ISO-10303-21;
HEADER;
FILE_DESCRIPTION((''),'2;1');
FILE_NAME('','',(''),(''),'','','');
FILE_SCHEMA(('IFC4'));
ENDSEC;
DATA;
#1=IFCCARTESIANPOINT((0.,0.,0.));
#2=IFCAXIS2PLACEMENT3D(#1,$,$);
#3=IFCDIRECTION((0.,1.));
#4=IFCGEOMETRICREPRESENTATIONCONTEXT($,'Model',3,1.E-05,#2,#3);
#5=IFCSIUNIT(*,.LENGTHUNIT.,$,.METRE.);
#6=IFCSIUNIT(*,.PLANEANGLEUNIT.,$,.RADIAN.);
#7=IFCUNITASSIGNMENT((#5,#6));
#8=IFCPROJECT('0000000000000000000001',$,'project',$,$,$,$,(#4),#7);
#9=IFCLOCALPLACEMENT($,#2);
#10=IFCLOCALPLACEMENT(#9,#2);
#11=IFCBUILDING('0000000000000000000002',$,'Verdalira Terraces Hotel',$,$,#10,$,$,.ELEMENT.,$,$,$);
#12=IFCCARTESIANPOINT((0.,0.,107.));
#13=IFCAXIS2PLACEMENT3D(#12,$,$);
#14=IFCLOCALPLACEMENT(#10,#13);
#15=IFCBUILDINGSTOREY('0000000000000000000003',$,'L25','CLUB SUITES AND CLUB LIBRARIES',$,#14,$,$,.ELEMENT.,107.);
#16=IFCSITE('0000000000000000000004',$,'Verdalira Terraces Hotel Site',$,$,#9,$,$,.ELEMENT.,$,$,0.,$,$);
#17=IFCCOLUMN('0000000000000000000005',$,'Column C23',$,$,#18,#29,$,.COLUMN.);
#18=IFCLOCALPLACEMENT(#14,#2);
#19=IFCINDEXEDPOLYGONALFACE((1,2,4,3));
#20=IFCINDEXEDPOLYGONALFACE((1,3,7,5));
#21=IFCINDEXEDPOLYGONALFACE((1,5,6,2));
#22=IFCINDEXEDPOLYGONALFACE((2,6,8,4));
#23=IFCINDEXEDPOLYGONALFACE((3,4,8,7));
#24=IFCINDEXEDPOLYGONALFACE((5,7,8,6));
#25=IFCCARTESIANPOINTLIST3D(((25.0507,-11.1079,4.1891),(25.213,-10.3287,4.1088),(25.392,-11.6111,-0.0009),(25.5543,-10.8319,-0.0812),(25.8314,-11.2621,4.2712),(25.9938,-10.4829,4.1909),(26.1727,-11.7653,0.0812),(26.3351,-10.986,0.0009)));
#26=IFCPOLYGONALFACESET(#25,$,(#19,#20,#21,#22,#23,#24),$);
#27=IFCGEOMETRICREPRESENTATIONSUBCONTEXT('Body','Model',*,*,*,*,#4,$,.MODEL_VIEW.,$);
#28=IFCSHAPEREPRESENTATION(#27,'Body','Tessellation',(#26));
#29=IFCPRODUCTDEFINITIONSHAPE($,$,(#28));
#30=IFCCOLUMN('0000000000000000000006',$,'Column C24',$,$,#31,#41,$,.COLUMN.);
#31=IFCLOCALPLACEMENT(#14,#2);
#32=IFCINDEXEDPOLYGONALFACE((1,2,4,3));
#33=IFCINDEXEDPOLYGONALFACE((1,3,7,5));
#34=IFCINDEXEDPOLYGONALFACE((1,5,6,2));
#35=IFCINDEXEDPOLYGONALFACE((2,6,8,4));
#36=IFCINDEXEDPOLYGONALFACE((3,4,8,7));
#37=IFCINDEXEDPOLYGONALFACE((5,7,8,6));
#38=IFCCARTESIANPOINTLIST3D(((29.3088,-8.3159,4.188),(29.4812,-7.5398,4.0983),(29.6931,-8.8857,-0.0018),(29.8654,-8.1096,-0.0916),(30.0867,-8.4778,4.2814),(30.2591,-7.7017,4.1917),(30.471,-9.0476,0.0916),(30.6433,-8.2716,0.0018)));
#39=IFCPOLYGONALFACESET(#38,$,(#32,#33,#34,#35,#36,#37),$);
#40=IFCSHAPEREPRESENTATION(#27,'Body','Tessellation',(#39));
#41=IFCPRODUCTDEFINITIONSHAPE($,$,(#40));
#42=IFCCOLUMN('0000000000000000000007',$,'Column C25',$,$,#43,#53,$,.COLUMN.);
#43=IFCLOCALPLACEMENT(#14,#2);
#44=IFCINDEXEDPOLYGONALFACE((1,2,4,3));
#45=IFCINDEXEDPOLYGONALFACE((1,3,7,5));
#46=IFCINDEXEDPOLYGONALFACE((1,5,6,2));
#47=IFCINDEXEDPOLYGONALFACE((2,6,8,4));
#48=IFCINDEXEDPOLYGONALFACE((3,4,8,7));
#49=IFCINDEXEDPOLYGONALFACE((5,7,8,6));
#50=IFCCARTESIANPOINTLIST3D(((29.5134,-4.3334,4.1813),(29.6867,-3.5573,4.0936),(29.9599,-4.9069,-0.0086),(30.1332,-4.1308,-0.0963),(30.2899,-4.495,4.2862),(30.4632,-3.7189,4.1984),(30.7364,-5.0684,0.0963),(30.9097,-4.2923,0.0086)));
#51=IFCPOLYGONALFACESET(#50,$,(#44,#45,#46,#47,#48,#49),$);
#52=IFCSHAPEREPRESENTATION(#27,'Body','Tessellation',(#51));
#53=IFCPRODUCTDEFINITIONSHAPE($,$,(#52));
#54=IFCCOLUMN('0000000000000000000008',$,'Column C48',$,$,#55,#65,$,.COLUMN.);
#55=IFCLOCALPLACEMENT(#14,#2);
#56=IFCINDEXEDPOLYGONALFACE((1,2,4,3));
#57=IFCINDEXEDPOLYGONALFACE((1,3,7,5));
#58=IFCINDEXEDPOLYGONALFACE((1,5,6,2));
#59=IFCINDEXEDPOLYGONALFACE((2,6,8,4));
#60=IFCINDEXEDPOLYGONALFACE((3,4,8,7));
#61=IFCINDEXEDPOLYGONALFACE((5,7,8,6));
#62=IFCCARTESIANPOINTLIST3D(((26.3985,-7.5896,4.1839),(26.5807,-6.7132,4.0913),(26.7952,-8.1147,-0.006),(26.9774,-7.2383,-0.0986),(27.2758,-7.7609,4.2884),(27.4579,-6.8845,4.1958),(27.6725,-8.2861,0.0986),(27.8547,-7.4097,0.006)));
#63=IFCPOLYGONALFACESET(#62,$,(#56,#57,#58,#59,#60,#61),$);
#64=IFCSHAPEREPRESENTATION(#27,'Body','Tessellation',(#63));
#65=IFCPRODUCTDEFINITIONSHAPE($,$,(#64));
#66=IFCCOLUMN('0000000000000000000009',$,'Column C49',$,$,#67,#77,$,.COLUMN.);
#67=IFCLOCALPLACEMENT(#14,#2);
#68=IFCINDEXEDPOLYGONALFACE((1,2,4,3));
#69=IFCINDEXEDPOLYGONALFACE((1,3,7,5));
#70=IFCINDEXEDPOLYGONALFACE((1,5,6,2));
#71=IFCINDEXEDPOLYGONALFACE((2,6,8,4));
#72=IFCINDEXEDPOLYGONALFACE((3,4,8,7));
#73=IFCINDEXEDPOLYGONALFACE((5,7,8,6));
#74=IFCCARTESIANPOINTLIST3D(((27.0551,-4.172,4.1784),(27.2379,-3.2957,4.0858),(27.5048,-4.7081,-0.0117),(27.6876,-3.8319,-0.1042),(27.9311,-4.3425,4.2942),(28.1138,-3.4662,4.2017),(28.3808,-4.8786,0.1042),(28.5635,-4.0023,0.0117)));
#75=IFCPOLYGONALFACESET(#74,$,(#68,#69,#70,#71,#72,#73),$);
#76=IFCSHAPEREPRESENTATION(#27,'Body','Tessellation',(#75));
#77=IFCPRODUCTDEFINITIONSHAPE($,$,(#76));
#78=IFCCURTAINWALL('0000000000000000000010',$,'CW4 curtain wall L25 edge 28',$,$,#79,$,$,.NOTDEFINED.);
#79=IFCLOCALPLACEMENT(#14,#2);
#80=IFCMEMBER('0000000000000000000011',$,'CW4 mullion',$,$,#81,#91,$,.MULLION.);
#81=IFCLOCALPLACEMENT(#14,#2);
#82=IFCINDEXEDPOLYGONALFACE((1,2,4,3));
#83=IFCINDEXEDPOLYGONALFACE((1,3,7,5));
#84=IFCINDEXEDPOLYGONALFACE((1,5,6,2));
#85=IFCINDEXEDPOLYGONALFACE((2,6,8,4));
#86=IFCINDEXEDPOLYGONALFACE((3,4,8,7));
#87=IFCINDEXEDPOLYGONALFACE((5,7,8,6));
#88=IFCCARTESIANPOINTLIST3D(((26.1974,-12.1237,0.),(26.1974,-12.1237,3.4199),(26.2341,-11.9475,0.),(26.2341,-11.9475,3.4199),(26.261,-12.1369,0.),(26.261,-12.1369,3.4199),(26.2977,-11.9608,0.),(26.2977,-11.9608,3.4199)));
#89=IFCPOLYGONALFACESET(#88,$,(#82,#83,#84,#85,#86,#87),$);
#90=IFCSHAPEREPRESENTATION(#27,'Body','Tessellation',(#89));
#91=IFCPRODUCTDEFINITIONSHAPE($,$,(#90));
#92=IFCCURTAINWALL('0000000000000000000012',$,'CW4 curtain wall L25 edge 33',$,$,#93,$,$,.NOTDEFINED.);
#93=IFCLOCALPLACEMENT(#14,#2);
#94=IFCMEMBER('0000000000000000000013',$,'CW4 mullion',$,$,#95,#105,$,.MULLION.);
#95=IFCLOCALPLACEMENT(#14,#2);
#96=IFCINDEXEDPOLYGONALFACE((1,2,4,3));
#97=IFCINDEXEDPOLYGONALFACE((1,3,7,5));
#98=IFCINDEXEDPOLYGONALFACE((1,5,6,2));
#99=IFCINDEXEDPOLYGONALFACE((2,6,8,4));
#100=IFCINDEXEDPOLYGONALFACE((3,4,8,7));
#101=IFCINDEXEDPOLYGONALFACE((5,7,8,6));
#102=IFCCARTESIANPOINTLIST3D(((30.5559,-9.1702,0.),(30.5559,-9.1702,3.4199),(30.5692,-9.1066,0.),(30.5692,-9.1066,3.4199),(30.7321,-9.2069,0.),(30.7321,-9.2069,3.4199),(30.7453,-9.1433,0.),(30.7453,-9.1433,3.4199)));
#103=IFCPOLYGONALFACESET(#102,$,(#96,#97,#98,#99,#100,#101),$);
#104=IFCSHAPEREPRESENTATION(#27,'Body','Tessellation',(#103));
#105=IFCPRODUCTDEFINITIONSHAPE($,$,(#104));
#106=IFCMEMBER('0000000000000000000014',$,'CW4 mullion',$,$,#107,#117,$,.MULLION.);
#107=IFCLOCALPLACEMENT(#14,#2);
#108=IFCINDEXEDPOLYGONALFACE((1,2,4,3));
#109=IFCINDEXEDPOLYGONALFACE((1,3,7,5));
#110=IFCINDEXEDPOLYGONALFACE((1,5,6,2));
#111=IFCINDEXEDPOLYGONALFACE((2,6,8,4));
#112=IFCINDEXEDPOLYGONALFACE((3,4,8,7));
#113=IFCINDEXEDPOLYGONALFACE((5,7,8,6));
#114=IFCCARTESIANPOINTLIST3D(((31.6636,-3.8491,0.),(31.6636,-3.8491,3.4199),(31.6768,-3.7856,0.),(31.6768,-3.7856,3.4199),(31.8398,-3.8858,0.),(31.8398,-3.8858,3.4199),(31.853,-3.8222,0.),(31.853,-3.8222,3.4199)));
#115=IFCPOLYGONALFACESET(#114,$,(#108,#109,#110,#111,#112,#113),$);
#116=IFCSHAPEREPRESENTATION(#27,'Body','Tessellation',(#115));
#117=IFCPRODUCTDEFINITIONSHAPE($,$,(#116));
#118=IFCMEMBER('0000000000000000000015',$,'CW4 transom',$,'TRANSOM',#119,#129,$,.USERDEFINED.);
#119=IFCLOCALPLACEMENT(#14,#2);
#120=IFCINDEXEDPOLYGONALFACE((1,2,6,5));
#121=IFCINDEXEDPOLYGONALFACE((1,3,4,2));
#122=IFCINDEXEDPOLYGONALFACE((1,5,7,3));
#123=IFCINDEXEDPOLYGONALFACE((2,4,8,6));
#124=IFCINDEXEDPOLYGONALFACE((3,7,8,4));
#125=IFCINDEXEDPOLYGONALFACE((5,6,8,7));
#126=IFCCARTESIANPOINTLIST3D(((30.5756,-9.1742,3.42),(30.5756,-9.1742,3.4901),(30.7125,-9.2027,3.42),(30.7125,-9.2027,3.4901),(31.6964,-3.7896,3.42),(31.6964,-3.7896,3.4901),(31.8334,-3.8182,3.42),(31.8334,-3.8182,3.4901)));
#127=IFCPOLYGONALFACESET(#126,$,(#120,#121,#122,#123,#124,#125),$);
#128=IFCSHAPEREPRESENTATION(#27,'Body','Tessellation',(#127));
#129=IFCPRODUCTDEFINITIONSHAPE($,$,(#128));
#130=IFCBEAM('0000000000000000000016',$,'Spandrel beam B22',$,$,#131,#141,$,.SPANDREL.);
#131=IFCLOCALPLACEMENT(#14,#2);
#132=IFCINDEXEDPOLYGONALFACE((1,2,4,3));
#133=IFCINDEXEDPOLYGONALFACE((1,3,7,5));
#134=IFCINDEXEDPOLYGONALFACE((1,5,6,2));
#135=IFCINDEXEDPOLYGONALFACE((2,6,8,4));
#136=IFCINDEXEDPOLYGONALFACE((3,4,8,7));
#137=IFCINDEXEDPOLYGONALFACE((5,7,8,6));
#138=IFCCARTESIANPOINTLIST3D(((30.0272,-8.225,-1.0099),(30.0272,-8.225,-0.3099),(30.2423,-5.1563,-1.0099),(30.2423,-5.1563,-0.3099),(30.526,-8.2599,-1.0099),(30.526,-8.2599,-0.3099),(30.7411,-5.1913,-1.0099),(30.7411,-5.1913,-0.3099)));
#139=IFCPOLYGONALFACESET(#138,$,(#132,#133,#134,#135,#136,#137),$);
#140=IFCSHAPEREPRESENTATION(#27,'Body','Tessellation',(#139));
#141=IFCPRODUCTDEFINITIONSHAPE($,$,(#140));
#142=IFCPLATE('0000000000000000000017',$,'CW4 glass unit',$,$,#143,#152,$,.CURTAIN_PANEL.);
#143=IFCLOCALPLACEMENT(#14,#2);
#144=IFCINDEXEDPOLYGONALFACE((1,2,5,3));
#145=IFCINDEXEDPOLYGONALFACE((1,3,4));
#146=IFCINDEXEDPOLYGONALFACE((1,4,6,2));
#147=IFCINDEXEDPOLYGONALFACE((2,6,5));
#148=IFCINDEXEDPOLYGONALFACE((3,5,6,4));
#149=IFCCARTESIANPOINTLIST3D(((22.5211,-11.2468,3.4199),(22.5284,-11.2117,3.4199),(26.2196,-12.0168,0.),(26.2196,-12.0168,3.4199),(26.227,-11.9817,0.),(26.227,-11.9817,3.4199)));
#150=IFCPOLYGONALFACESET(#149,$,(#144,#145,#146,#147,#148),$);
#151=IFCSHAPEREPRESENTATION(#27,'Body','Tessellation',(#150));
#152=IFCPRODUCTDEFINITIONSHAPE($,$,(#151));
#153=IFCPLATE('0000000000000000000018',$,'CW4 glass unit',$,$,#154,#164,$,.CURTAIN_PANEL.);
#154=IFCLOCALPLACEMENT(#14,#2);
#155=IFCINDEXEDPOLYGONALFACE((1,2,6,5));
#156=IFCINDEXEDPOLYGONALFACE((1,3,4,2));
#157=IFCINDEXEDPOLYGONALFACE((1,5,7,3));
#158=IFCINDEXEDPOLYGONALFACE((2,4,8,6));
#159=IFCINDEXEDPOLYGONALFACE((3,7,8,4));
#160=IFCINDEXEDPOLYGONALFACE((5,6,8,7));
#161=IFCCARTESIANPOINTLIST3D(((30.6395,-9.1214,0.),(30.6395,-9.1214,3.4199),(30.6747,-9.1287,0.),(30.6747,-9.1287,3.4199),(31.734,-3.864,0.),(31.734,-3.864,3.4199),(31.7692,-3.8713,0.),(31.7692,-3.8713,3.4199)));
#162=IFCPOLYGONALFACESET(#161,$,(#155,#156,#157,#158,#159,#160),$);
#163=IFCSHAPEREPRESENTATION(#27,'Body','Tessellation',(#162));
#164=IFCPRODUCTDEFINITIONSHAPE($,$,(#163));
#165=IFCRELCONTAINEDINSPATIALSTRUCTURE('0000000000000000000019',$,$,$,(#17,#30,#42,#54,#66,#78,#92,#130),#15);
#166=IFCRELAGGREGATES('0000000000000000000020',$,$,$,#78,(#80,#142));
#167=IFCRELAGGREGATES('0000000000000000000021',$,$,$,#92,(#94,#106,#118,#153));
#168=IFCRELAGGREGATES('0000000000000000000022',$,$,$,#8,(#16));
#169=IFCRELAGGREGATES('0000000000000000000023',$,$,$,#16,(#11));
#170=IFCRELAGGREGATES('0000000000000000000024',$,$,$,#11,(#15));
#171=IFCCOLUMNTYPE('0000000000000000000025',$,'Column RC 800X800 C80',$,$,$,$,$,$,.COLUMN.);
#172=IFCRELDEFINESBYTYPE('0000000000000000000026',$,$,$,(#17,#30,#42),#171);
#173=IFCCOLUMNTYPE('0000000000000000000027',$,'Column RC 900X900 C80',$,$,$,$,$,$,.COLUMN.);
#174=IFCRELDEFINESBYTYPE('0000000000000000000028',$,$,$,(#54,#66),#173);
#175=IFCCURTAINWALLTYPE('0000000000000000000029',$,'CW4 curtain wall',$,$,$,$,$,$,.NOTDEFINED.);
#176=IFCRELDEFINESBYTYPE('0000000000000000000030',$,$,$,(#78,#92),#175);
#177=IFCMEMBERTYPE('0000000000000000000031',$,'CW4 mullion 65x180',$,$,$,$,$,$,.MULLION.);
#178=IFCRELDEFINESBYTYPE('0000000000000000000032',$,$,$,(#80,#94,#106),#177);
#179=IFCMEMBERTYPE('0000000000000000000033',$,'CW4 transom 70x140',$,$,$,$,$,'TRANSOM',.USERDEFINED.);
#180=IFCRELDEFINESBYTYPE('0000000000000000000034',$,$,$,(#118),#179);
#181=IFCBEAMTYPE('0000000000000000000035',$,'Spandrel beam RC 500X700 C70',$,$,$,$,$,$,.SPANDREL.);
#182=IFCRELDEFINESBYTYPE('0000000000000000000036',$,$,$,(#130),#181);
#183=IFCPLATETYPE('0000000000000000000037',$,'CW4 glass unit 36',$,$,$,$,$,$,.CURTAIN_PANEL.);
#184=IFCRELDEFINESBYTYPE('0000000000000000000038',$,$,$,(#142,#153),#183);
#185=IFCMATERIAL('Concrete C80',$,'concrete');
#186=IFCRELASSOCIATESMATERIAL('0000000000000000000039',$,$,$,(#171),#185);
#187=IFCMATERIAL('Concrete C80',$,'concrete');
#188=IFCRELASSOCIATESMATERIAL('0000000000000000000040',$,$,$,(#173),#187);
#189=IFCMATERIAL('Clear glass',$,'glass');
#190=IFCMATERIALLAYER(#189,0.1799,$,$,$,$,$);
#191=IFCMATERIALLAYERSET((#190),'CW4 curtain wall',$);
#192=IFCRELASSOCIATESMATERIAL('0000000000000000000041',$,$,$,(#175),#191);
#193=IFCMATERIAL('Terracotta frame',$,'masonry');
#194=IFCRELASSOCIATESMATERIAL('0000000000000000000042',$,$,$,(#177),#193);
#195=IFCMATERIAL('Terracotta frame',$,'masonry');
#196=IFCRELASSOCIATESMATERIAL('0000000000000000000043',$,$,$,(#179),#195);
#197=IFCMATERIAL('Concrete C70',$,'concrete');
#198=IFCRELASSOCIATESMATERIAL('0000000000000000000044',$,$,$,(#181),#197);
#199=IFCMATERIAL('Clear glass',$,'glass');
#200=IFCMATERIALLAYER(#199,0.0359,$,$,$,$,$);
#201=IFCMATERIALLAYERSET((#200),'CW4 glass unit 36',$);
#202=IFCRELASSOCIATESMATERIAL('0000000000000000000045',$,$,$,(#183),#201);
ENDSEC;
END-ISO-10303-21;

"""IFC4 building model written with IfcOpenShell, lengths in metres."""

from ifc_helpers import new_model, si_unit, direction, frame, origin, origin_2d, place, context, subcontext, project, spatial, polyline, rectangle, outline, extrude, material, layer, layer_set, material_profile, profile_set, type_object, element, aggregate, save


model = new_model("IFC4")

# Units and contexts
model_context = context("Model", 3, precision=1e-05, world=origin(), true_north=direction((0.0, 1.0)))
body_context = subcontext(model_context, "Body", "Model", "MODEL_VIEW")
ifc_project = project(units=[si_unit("LENGTHUNIT", "METRE"), si_unit("PLANEANGLEUNIT", "RADIAN")], contexts=[model_context])

# Site, building, storey
site_placement = place(None, origin())
site = spatial("IfcSite", under=ifc_project, at=site_placement, Name="Verdalira Terraces Hotel Site", CompositionType="ELEMENT", RefElevation=0.0)
building_placement = place(site_placement, origin())
building = spatial("IfcBuilding", under=site, at=building_placement, Name="Verdalira Terraces Hotel", CompositionType="ELEMENT")
storey_placement = place(building_placement, frame((0.0, 0.0, 107.0)))
storey = spatial("IfcBuildingStorey", under=building, at=storey_placement, Name="L25", Description="CLUB SUITES AND CLUB LIBRARIES", CompositionType="ELEMENT", Elevation=107.0)

# Columns
ifc_material_1 = material(Name="Concrete C80", Category="concrete")
ifc_material_profile_1 = material_profile(ifc_material_1, rectangle(XDim=0.8, YDim=0.8, at=origin_2d()), Name="RC 800X800")
ifc_profile_set_1 = profile_set([ifc_material_profile_1], Name="Concrete C80")
column_type_1 = type_object("IfcColumnType", Name="Column RC 800X800 C80", PredefinedType="COLUMN", material=ifc_profile_set_1)
column_1_placement = place(storey_placement, frame((25.8635, -11.2986, 0.0), z_axis=(-0.080615, 0.118846, 0.989635), x_axis=(0.975871, -0.192719, 0.102637)))
element("IfcColumn", 1, at=column_1_placement, inside=storey, type_object=column_type_1, Name="Column C23", PredefinedType="COLUMN", context=body_context, shape_type="SweptSolid", body=[
    extrude(rectangle(XDim=0.8, YDim=0.8, at=origin_2d()), origin(), (0.0, 0.0, 1.0), 4.2339),
])
column_2_placement = place(storey_placement, frame((30.1682, -8.5786, 0.0), z_axis=(-0.090505, 0.134205, 0.986812), x_axis=(0.215442, 0.970053, -0.112166)))
element("IfcColumn", 2, at=column_2_placement, inside=storey, type_object=column_type_1, Name="Column C24", PredefinedType="COLUMN", context=body_context, shape_type="SweptSolid", body=[
    extrude(rectangle(XDim=0.8, YDim=0.8, at=origin_2d()), origin(), (0.0, 0.0, 1.0), 4.2458),
])
column_3_placement = place(storey_placement, frame((30.4348, -4.5996, 0.0), z_axis=(-0.105004, 0.134858, 0.985285), x_axis=(0.216647, 0.970068, -0.109687)))
element("IfcColumn", 3, at=column_3_placement, inside=storey, type_object=column_type_1, Name="Column C25", PredefinedType="COLUMN", context=body_context, shape_type="SweptSolid", body=[
    extrude(rectangle(XDim=0.8, YDim=0.8, at=origin_2d()), origin(), (0.0, 0.0, 1.0), 4.2524),
])
ifc_material_2 = material(Name="Concrete C80", Category="concrete")
ifc_material_profile_2 = material_profile(ifc_material_2, rectangle(XDim=0.8999, YDim=0.8999, at=origin_2d()), Name="RC 900X900")
ifc_profile_set_2 = profile_set([ifc_material_profile_2], Name="Concrete C80")
column_type_2 = type_object("IfcColumnType", Name="Column RC 900X900 C80", PredefinedType="COLUMN", material=ifc_profile_set_2)
column_4_placement = place(storey_placement, frame((27.325, -7.7622, 0.0), z_axis=(-0.093539, 0.123817, 0.987887), x_axis=(0.974813, -0.190385, 0.116163)))
element("IfcColumn", 4, at=column_4_placement, inside=storey, type_object=column_type_2, Name="Column C48", PredefinedType="COLUMN", context=body_context, shape_type="SweptSolid", body=[
    extrude(rectangle(XDim=0.8999, YDim=0.8999, at=origin_2d()), origin(), (0.0, 0.0, 1.0), 4.2412),
])
column_5_placement = place(storey_placement, frame((28.0342, -4.3552, 0.0), z_axis=(-0.105864, 0.126209, 0.986339), x_axis=(0.973422, -0.189425, 0.128716)))
element("IfcColumn", 5, at=column_5_placement, inside=storey, type_object=column_type_2, Name="Column C49", PredefinedType="COLUMN", context=body_context, shape_type="SweptSolid", body=[
    extrude(rectangle(XDim=0.8999, YDim=0.8999, at=origin_2d()), origin(), (0.0, 0.0, 1.0), 4.248),
])

# Curtain wall, member
ifc_material_3 = material(Name="Clear glass", Category="glass")
ifc_layer_1 = layer(ifc_material_3, 0.1799)
ifc_layer_set_1 = layer_set([ifc_layer_1], Name="CW4 curtain wall")
curtain_wall_type = type_object("IfcCurtainWallType", Name="CW4 curtain wall", PredefinedType="NOTDEFINED", material=ifc_layer_set_1)
curtain_wall_1_placement = place(storey_placement, origin())
curtain_wall_1 = element("IfcCurtainWall", 6, at=curtain_wall_1_placement, inside=storey, type_object=curtain_wall_type, Name="CW4 curtain wall L25 edge 28", PredefinedType="NOTDEFINED")
ifc_material_4 = material(Name="Terracotta frame", Category="masonry")
ifc_material_profile_3 = material_profile(ifc_material_4, rectangle(XDim=0.0649, YDim=0.1799, at=origin_2d()), Name="MU 65x180")
ifc_profile_set_3 = profile_set([ifc_material_profile_3], Name="Terracotta frame")
member_type_1 = type_object("IfcMemberType", Name="CW4 mullion 65x180", PredefinedType="MULLION", material=ifc_profile_set_3)
member_1_placement = place(storey_placement, frame((26.2476, -12.0422, 0.0), z_axis=(0.0, 0.0, 1.0), x_axis=(0.97901, -0.203813, 0.0)))
member_1 = element("IfcMember", 7, at=member_1_placement, type_object=member_type_1, Name="CW4 mullion", PredefinedType="MULLION", context=body_context, shape_type="SweptSolid", body=[
    extrude(rectangle(XDim=0.0649, YDim=0.1799, at=origin_2d()), origin(), (0.0, 0.0, 1.0), 3.4199),
])

# Curtain wall, members
curtain_wall_2_placement = place(storey_placement, origin())
curtain_wall_2 = element("IfcCurtainWall", 8, at=curtain_wall_2_placement, inside=storey, type_object=curtain_wall_type, Name="CW4 curtain wall L25 edge 33", PredefinedType="NOTDEFINED")
member_2_placement = place(storey_placement, frame((30.6506, -9.1567, 0.0), z_axis=(0.0, 0.0, 1.0), x_axis=(0.203813, 0.97901, 0.0)))
member_2 = element("IfcMember", 9, at=member_2_placement, type_object=member_type_1, Name="CW4 mullion", PredefinedType="MULLION", context=body_context, shape_type="SweptSolid", body=[
    extrude(rectangle(XDim=0.0649, YDim=0.1799, at=origin_2d()), origin(), (0.0, 0.0, 1.0), 3.4199),
])
member_3_placement = place(storey_placement, frame((31.7583, -3.8357, 0.0), z_axis=(0.0, 0.0, 1.0), x_axis=(0.203813, 0.97901, 0.0)))
member_3 = element("IfcMember", 10, at=member_3_placement, type_object=member_type_1, Name="CW4 mullion", PredefinedType="MULLION", context=body_context, shape_type="SweptSolid", body=[
    extrude(rectangle(XDim=0.0649, YDim=0.1799, at=origin_2d()), origin(), (0.0, 0.0, 1.0), 3.4199),
])
ifc_material_5 = material(Name="Terracotta frame", Category="masonry")
ifc_material_profile_4 = material_profile(ifc_material_5, rectangle(XDim=0.1399, YDim=0.0701, at=origin_2d()), Name="TR 70x140")
ifc_profile_set_4 = profile_set([ifc_material_profile_4], Name="Terracotta frame")
member_type_2 = type_object("IfcMemberType", Name="CW4 transom 70x140", ElementType="TRANSOM", PredefinedType="USERDEFINED", material=ifc_profile_set_4)
member_4_placement = place(storey_placement, frame((30.644, -9.1885, 3.4551), z_axis=(0.203793, 0.979014, 0.0), x_axis=(-0.979014, 0.203793, 0.0)))
member_4 = element("IfcMember", 11, at=member_4_placement, type_object=member_type_2, Name="CW4 transom", ObjectType="TRANSOM", PredefinedType="USERDEFINED", context=body_context, shape_type="SweptSolid", body=[
    extrude(rectangle(XDim=0.1399, YDim=0.0701, at=origin_2d()), origin(), (0.0, 0.0, 1.0), 5.5),
])

# Beam
ifc_material_6 = material(Name="Concrete C70", Category="concrete")
ifc_material_profile_5 = material_profile(ifc_material_6, rectangle(XDim=0.5, YDim=0.7, at=origin_2d()), Name="RC 500X700")
ifc_profile_set_5 = profile_set([ifc_material_profile_5], Name="Concrete C70")
beam_type = type_object("IfcBeamType", Name="Spandrel beam RC 500X700 C70", PredefinedType="SPANDREL", material=ifc_profile_set_5)
beam_placement = place(storey_placement, frame((30.2766, -8.2424, -0.6599), z_axis=(0.069922, 0.997552, 0.0), x_axis=(-0.997552, 0.069922, 0.0)))
element("IfcBeam", 12, at=beam_placement, inside=storey, type_object=beam_type, Name="Spandrel beam B22", PredefinedType="SPANDREL", context=body_context, shape_type="SweptSolid", body=[
    extrude(rectangle(XDim=0.5, YDim=0.7, at=origin_2d()), origin(), (0.0, 0.0, 1.0), 3.0762),
])

# Plates
ifc_material_7 = material(Name="Clear glass", Category="glass")
ifc_layer_2 = layer(ifc_material_7, 0.0359)
ifc_layer_set_2 = layer_set([ifc_layer_2], Name="CW4 glass unit 36")
plate_type = type_object("IfcPlateType", Name="CW4 glass unit 36", PredefinedType="CURTAIN_PANEL", material=ifc_layer_set_2)
plate_1_placement = place(storey_placement, frame((24.3777, -11.5967, 1.71), z_axis=(-0.203813, -0.97901, 0.0), x_axis=(0.97901, -0.203813, 0.0)))
plate_1 = element("IfcPlate", 13, at=plate_1_placement, type_object=plate_type, Name="CW4 glass unit", PredefinedType="CURTAIN_PANEL", context=body_context, shape_type="SweptSolid", body=[
    extrude(outline(polyline([(1.8889, -1.71), (1.8889, 1.71), (-1.8889, 1.71), (1.8889, -1.71)])), origin(), (0.0, 0.0, 1.0), 0.0359),
])
aggregate(curtain_wall_1, [member_1, plate_1])
plate_2_placement = place(storey_placement, frame((31.2043, -6.4963, 0.0), z_axis=(0.0, 0.0, 1.0), x_axis=(0.203813, 0.97901, 0.0)))
plate_2 = element("IfcPlate", 14, at=plate_2_placement, type_object=plate_type, Name="CW4 glass unit", PredefinedType="CURTAIN_PANEL", context=body_context, shape_type="SweptSolid", body=[
    extrude(rectangle(XDim=5.3701, YDim=0.0359, at=origin_2d()), origin(), (0.0, 0.0, 1.0), 3.4199),
])
aggregate(curtain_wall_2, [member_2, member_3, member_4, plate_2])

save(model, "model.ifc")
